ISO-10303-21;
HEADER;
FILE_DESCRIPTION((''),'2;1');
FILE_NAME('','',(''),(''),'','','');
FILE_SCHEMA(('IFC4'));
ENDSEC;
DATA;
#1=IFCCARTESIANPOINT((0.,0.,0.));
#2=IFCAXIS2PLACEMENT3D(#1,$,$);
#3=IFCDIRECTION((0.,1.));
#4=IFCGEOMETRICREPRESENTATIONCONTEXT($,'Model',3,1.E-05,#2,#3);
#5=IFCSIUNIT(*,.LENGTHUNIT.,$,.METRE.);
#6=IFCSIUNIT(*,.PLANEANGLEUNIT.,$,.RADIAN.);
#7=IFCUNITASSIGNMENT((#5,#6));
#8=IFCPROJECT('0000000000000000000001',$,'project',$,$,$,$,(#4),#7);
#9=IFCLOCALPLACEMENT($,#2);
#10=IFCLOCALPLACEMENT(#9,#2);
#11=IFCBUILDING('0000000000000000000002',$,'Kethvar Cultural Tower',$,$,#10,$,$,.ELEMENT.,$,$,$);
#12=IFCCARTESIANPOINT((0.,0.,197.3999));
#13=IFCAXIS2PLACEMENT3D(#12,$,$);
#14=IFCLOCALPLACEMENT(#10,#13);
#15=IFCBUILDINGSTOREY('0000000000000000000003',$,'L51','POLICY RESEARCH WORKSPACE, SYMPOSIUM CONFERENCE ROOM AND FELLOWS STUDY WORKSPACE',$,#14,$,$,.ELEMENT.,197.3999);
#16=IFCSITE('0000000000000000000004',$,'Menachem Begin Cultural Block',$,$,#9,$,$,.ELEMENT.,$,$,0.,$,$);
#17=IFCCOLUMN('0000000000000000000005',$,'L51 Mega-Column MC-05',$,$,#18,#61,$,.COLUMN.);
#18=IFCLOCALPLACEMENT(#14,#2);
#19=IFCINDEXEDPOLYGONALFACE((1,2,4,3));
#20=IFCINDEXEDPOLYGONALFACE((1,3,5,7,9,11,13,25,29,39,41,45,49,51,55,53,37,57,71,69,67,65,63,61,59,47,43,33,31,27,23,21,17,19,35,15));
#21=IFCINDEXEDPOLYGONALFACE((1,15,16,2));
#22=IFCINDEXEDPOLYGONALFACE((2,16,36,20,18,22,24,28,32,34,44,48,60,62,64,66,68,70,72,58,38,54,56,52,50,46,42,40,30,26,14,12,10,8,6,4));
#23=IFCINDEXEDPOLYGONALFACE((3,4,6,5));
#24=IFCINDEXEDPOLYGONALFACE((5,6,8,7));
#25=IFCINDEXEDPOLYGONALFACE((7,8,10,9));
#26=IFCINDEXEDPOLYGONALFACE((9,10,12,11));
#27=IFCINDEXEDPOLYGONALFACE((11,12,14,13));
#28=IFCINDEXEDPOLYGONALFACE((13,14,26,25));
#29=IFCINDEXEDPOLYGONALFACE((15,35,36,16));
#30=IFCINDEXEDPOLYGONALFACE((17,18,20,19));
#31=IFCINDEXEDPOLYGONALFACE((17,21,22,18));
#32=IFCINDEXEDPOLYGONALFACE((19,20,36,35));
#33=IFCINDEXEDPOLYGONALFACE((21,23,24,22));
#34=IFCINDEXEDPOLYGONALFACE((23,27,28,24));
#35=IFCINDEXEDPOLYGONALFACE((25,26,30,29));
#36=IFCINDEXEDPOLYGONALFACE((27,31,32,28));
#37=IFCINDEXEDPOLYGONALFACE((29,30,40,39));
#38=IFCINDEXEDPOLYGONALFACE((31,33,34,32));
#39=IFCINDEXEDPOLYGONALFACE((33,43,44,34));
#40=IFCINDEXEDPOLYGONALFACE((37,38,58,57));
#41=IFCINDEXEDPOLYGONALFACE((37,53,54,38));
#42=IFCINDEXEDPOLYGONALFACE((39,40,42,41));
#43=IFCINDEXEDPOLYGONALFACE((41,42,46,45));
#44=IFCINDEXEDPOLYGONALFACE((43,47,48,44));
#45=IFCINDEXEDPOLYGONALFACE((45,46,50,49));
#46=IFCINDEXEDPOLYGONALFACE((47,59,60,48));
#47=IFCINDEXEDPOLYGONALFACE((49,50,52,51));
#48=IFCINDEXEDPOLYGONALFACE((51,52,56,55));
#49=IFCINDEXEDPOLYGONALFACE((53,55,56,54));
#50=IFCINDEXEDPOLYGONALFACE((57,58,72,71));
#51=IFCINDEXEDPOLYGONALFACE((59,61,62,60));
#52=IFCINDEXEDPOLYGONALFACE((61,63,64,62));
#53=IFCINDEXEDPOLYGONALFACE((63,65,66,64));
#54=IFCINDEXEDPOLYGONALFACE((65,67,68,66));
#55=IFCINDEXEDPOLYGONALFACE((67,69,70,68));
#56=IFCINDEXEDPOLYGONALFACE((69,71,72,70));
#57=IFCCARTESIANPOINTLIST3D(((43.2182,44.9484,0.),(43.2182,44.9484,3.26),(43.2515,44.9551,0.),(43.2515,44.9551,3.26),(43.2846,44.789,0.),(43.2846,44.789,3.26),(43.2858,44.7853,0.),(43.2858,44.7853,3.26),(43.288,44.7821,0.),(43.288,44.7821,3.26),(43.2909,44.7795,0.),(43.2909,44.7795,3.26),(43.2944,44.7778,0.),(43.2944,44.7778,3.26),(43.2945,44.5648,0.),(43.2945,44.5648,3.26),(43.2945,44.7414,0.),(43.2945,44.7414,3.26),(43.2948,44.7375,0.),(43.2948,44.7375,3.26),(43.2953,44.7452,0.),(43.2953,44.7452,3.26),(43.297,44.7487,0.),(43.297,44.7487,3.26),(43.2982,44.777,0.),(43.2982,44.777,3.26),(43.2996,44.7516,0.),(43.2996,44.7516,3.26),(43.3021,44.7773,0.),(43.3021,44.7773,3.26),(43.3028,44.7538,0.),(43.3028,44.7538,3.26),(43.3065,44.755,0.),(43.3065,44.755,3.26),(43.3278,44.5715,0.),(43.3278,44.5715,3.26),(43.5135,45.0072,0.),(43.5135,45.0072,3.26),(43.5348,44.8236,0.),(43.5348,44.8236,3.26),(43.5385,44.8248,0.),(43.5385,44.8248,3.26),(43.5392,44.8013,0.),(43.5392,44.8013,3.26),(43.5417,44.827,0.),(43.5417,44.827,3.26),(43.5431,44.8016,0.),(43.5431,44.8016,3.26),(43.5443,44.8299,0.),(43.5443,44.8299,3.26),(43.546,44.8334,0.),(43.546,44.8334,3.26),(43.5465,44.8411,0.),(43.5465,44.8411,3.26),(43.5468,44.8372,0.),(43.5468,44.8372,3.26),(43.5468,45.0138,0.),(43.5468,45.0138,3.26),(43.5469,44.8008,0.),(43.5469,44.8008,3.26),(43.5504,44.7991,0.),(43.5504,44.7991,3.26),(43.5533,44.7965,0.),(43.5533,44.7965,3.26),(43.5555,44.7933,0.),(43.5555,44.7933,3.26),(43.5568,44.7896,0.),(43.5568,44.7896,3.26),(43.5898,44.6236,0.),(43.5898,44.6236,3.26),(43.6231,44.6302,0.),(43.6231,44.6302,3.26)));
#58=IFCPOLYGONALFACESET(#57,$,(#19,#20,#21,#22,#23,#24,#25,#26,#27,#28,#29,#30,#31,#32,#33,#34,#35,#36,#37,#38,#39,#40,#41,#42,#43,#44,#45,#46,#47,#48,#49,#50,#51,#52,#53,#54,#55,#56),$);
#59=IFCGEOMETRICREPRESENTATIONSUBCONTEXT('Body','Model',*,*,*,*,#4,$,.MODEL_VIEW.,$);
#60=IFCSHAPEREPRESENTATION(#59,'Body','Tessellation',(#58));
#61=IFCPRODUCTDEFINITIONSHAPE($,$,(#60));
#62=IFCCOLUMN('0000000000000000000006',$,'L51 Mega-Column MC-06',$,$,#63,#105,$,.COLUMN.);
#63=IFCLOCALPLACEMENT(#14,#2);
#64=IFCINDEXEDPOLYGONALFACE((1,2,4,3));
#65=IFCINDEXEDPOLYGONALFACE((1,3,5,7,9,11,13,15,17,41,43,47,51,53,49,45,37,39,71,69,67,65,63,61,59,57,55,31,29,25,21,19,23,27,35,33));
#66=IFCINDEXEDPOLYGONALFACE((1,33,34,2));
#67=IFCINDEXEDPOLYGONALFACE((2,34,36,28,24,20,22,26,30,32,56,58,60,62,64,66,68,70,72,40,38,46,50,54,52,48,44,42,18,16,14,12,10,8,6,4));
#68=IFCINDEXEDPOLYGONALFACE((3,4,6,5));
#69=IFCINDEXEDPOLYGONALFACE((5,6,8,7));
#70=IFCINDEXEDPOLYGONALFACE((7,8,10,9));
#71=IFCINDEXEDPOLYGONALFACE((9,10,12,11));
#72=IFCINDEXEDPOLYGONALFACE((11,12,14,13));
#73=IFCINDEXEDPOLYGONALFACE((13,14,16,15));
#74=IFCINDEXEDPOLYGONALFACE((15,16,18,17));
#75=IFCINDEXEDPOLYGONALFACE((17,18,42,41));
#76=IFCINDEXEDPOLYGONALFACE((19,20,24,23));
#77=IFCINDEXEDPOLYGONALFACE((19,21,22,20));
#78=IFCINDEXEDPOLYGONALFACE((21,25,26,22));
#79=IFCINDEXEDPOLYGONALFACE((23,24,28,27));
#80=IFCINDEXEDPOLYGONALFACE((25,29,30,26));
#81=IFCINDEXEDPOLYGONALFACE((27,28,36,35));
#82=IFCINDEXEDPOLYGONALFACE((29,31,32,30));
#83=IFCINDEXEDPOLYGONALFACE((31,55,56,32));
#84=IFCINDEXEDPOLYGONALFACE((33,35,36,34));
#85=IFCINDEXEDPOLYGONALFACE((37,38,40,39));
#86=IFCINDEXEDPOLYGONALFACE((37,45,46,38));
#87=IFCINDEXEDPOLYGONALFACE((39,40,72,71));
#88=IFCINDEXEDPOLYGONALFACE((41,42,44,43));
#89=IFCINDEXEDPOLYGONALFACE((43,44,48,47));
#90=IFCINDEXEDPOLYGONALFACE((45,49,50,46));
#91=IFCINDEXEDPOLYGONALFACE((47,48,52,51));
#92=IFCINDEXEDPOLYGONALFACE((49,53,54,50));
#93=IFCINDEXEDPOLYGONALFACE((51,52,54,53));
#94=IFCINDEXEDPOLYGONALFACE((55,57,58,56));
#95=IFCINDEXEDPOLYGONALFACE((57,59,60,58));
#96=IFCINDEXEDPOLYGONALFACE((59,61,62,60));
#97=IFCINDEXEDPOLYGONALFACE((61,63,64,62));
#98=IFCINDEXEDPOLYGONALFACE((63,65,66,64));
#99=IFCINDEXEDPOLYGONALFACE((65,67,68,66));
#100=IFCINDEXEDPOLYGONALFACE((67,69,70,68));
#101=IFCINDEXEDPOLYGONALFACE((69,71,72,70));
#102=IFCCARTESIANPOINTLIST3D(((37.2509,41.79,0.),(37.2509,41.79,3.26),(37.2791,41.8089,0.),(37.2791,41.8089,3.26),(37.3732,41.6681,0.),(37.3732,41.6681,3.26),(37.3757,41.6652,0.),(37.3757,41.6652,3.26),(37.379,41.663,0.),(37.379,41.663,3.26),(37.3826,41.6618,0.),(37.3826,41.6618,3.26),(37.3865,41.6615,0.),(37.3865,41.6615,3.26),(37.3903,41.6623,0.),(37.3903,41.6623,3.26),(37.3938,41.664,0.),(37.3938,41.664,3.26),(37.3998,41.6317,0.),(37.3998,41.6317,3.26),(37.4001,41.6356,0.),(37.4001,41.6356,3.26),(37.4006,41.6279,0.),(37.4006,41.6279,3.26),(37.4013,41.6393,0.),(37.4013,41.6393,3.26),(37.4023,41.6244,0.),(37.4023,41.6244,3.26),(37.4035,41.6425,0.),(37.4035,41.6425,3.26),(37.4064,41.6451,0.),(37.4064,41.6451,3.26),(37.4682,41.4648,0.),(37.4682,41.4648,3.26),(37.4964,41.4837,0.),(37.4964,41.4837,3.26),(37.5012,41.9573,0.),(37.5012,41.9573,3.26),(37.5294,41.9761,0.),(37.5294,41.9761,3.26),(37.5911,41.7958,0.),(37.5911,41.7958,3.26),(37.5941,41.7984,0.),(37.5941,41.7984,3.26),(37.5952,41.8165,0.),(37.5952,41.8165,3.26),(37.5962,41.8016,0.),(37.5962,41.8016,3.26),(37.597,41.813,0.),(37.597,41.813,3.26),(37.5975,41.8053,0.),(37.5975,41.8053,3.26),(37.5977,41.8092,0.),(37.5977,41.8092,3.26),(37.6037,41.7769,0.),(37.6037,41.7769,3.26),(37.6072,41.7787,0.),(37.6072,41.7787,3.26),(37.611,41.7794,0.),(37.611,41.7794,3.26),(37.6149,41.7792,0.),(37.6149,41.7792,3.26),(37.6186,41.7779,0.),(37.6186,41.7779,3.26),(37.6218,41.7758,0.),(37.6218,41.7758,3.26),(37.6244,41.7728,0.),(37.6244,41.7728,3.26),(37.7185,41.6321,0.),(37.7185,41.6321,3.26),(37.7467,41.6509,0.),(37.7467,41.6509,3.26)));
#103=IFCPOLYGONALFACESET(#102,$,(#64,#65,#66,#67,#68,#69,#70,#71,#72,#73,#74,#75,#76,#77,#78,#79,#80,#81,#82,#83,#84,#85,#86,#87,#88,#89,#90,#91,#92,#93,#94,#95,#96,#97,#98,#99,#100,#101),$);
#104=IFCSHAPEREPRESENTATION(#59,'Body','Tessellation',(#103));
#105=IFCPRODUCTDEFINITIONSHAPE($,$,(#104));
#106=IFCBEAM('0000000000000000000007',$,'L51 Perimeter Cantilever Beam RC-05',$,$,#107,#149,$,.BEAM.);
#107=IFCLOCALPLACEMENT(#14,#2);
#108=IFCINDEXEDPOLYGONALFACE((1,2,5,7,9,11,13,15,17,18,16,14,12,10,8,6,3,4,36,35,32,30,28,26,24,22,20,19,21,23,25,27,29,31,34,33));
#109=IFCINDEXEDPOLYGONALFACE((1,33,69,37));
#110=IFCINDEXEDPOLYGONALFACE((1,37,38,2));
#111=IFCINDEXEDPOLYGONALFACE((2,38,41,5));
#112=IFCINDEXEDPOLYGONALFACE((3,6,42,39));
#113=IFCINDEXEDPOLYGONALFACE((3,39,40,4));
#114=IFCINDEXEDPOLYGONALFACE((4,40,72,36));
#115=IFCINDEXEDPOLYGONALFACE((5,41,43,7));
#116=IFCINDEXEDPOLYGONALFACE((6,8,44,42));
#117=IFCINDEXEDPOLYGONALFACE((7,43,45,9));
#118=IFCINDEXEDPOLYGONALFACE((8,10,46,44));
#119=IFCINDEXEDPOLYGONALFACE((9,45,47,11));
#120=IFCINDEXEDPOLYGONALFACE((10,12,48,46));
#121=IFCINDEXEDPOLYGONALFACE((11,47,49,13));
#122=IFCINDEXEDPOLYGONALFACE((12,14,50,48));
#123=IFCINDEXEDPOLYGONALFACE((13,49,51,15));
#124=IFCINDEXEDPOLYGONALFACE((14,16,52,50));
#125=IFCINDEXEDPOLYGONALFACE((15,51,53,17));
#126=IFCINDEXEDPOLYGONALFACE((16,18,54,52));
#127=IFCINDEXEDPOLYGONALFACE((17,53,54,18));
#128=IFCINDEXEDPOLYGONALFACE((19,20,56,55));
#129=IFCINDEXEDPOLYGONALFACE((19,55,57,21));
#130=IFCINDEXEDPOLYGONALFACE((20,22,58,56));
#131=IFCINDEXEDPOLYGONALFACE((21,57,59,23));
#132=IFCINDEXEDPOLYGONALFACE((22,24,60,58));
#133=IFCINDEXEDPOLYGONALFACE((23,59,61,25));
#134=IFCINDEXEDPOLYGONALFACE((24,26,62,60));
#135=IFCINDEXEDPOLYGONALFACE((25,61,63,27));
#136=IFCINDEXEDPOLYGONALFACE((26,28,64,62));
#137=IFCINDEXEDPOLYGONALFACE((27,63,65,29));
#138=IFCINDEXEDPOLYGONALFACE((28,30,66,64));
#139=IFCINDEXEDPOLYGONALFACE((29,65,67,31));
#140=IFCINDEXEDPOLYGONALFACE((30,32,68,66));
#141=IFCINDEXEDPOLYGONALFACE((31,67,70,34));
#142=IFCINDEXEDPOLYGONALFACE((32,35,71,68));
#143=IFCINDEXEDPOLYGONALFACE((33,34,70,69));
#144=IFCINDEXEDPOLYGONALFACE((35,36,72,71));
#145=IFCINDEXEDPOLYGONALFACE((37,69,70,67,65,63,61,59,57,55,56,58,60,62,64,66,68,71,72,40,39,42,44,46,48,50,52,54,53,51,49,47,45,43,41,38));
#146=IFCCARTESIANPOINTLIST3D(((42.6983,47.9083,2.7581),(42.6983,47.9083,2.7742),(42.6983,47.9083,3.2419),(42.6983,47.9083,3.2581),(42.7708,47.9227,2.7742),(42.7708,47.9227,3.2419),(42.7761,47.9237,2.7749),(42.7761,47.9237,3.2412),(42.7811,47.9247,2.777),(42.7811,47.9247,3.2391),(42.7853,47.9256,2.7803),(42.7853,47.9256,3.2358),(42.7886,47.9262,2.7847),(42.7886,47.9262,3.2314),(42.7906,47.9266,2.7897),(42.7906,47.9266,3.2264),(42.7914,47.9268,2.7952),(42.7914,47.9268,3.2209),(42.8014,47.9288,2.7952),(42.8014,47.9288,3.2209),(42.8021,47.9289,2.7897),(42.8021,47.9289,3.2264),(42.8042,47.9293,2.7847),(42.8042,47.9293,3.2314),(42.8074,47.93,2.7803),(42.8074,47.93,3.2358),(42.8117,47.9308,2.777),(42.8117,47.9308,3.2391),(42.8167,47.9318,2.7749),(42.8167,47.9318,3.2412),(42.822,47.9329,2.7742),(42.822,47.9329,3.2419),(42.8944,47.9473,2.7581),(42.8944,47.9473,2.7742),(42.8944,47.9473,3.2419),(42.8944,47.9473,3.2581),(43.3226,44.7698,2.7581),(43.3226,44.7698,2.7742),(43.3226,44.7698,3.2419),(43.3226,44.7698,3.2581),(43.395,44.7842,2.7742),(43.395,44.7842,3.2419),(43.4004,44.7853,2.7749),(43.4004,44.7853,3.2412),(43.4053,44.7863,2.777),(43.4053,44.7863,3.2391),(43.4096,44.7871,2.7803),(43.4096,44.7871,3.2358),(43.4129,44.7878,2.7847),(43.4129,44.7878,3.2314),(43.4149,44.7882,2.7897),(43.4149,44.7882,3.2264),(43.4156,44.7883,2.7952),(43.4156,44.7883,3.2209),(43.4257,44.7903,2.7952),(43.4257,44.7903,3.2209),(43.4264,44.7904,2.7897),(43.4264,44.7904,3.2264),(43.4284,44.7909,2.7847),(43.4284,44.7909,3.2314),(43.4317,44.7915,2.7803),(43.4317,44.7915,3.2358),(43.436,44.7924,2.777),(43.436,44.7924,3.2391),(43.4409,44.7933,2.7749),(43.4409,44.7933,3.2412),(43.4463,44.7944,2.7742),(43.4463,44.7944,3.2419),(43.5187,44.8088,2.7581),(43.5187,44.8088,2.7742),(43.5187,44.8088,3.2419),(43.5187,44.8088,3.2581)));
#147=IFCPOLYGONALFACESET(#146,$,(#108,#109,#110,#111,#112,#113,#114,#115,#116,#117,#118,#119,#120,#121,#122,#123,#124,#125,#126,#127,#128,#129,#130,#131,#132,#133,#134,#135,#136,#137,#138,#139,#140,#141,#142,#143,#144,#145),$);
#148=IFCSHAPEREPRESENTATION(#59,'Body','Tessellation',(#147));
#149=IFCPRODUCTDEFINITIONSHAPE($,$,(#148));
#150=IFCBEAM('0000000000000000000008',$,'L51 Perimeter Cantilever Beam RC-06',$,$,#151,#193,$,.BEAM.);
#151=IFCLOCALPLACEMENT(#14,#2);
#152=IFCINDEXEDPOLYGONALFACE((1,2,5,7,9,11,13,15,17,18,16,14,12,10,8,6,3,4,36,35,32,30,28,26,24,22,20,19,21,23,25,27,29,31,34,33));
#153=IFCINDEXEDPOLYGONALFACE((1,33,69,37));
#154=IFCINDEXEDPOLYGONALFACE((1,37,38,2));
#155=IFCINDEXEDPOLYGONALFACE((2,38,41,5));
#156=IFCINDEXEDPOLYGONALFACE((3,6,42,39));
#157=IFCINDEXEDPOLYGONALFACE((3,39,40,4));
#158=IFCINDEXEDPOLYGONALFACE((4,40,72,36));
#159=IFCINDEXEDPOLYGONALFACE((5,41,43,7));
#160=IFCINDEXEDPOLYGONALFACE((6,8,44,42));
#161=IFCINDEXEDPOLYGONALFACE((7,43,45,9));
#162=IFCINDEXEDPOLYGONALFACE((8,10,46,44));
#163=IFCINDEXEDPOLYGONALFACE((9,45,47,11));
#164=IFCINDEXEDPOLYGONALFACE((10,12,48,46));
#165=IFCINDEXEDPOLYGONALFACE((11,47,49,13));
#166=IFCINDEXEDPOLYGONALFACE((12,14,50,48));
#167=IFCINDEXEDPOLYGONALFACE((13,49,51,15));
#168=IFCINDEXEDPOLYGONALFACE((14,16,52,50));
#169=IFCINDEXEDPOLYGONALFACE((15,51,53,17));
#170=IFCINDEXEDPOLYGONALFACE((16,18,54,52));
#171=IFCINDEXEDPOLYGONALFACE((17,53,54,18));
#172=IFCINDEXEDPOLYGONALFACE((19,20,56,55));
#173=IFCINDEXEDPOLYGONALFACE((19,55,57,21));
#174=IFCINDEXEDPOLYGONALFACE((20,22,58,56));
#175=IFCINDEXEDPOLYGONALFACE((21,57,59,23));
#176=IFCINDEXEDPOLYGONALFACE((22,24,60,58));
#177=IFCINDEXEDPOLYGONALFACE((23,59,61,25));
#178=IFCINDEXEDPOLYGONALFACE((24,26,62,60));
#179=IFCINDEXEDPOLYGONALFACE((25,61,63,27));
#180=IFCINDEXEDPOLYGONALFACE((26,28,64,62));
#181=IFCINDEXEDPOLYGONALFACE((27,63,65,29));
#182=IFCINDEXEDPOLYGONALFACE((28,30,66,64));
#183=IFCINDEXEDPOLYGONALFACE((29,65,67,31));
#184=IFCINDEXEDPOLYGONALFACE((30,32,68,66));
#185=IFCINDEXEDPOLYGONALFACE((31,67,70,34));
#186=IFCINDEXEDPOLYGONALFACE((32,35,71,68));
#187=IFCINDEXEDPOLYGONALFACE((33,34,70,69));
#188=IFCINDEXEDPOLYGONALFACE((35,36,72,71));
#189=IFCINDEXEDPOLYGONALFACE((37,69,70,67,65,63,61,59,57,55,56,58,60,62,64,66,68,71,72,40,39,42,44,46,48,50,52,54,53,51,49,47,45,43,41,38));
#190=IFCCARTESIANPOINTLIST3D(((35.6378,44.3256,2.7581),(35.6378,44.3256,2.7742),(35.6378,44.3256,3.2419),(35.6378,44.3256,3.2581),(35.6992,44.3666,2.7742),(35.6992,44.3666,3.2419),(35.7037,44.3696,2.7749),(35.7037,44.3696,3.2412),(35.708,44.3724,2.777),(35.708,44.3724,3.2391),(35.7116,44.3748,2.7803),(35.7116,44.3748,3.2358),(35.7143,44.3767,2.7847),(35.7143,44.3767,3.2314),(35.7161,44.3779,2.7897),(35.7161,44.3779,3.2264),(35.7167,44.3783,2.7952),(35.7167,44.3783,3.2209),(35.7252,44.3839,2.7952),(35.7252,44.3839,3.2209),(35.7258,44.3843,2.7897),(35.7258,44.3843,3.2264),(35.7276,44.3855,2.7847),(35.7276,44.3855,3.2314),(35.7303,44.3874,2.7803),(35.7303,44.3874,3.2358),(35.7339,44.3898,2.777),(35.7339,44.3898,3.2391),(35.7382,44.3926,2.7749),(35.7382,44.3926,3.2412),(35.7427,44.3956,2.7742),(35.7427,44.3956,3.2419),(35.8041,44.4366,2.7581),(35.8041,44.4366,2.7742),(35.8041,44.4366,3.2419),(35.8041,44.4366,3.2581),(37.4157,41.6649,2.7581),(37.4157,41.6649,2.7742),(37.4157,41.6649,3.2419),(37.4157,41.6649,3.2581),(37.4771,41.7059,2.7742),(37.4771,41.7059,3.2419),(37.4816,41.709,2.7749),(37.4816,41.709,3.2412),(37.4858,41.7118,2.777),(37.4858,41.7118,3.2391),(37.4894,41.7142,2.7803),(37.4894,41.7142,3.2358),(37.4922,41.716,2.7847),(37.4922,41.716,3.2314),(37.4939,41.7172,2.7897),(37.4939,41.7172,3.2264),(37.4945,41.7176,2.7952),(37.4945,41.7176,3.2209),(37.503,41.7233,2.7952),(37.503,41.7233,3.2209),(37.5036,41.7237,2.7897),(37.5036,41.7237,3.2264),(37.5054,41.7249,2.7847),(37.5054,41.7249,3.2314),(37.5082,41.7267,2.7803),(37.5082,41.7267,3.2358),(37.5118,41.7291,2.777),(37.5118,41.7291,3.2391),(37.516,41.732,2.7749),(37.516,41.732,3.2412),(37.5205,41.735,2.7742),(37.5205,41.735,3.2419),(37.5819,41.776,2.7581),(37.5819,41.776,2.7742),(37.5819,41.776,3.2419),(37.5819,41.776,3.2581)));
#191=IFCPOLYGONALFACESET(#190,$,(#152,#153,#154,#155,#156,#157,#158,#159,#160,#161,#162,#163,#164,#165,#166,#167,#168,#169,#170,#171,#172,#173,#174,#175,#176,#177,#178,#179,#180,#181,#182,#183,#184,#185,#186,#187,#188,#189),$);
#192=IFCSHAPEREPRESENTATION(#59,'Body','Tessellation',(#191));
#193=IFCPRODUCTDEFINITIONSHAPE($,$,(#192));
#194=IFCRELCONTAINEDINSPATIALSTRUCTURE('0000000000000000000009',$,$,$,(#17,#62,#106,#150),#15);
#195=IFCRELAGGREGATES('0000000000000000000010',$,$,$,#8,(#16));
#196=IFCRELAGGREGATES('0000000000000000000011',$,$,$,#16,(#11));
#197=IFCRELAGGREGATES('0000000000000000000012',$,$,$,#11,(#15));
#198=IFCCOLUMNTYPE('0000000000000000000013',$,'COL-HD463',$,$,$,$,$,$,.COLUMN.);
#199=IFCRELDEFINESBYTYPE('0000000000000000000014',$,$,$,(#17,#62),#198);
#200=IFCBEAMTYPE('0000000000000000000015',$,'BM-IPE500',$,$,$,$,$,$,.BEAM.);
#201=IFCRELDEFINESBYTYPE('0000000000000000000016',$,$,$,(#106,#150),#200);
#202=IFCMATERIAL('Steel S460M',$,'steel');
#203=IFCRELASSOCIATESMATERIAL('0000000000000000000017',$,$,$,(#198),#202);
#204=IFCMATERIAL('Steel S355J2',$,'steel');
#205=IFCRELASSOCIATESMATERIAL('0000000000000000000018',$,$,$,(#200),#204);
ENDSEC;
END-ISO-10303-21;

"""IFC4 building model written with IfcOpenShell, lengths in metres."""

from ifc_helpers import new_model, si_unit, direction, frame, origin, origin_2d, place, context, subcontext, project, spatial, i_section, extrude, source, transform, mapped, material, material_profile, profile_set, type_object, element, save


model = new_model("IFC4")

# Units and contexts
model_context = context("Model", 3, precision=1e-05, world=origin(), true_north=direction((0.0, 1.0)))
body_context = subcontext(model_context, "Body", "Model", "MODEL_VIEW")
ifc_project = project(units=[si_unit("LENGTHUNIT", "METRE"), si_unit("PLANEANGLEUNIT", "RADIAN")], contexts=[model_context])

# Site, building, storey
site_placement = place(None, origin())
site = spatial("IfcSite", under=ifc_project, at=site_placement, Name="Menachem Begin Cultural Block", CompositionType="ELEMENT", RefElevation=0.0)
building_placement = place(site_placement, origin())
building = spatial("IfcBuilding", under=site, at=building_placement, Name="Kethvar Cultural Tower", CompositionType="ELEMENT")
storey_placement = place(building_placement, frame((0.0, 0.0, 197.3999)))
storey = spatial("IfcBuildingStorey", under=building, at=storey_placement, Name="L51", Description="POLICY RESEARCH WORKSPACE, SYMPOSIUM CONFERENCE ROOM AND FELLOWS STUDY WORKSPACE", CompositionType="ELEMENT", Elevation=197.3999)

# Columns
ifc_material_1 = material(Name="Steel S460M", Category="steel")
ifc_material_profile_1 = material_profile(ifc_material_1, i_section(OverallWidth=0.3911, OverallDepth=0.335, WebThickness=0.0227, FlangeThickness=0.0339, FilletRadius=0.0149, at=origin_2d()), Name="Steel S460M — HD400x463")
ifc_profile_set_1 = profile_set([ifc_material_profile_1], Name="Steel S460M — HD400x463")
column_type = type_object("IfcColumnType", Name="COL-HD463", PredefinedType="COLUMN", material=ifc_profile_set_1)
shared_shape_1 = source(origin(), body_context, "Body", "SweptSolid", [
    extrude(i_section(OverallWidth=0.3911, OverallDepth=0.335, WebThickness=0.0227, FlangeThickness=0.0339, FilletRadius=0.0149, at=origin_2d()), origin(), (0.0, 0.0, 1.0), 3.26),
])
for number, where, z_axis, x_axis, name in (
    (1, (43.4207, 44.7893, 0.0), (0.0, 0.0, 1.0), (-0.19509, 0.980785, 0.0), "L51 Mega-Column MC-05"),
    (2, (37.4988, 41.7205, 0.0), (0.0, 0.0, 1.0), (-0.55557, 0.83147, 0.0), "L51 Mega-Column MC-06"),
):
    element("IfcColumn", number, at=place(storey_placement, frame(where, z_axis=z_axis, x_axis=x_axis)), inside=storey, type_object=column_type, Name=name, PredefinedType="COLUMN", context=body_context, shape_type="MappedRepresentation", body=[
        mapped(shared_shape_1, transform((0.0, 0.0, 0.0), scale=1.0)),
    ])

# Beams
ifc_material_2 = material(Name="Steel S355J2", Category="steel")
ifc_material_profile_2 = material_profile(ifc_material_2, i_section(OverallWidth=0.2, OverallDepth=0.5, WebThickness=0.0103, FlangeThickness=0.0161, FilletRadius=0.021, at=origin_2d()), Name="Steel S355J2 — IPE500")
ifc_profile_set_2 = profile_set([ifc_material_profile_2], Name="Steel S355J2 — IPE500")
beam_type_1 = type_object("IfcBeamType", Name="BM-IPE500", PredefinedType="BEAM", material=ifc_profile_set_2)
shared_shape_2 = source(origin(), body_context, "Body", "SweptSolid", [
    extrude(i_section(OverallWidth=0.2, OverallDepth=0.5, WebThickness=0.0103, FlangeThickness=0.0161, FilletRadius=0.021, at=origin_2d()), origin(), (0.0, 0.0, 1.0), 3.2),
])
for number, where, z_axis, x_axis, name in (
    (3, (43.4207, 44.7893, 3.0081), (-0.195089, 0.980786, 0.0), (-0.980786, -0.195089, 0.0), "L51 Perimeter Cantilever Beam RC-05"),
    (4, (37.4988, 41.7205, 3.0081), (-0.55558, 0.831463, 0.0), (-0.831463, -0.55558, 0.0), "L51 Perimeter Cantilever Beam RC-06"),
):
    element("IfcBeam", number, at=place(storey_placement, frame(where, z_axis=z_axis, x_axis=x_axis)), inside=storey, type_object=beam_type_1, Name=name, PredefinedType="BEAM", context=body_context, shape_type="MappedRepresentation", body=[
        mapped(shared_shape_2, transform((0.0, 0.0, 0.0), scale=1.0)),
    ])

save(model, "model.ifc")
